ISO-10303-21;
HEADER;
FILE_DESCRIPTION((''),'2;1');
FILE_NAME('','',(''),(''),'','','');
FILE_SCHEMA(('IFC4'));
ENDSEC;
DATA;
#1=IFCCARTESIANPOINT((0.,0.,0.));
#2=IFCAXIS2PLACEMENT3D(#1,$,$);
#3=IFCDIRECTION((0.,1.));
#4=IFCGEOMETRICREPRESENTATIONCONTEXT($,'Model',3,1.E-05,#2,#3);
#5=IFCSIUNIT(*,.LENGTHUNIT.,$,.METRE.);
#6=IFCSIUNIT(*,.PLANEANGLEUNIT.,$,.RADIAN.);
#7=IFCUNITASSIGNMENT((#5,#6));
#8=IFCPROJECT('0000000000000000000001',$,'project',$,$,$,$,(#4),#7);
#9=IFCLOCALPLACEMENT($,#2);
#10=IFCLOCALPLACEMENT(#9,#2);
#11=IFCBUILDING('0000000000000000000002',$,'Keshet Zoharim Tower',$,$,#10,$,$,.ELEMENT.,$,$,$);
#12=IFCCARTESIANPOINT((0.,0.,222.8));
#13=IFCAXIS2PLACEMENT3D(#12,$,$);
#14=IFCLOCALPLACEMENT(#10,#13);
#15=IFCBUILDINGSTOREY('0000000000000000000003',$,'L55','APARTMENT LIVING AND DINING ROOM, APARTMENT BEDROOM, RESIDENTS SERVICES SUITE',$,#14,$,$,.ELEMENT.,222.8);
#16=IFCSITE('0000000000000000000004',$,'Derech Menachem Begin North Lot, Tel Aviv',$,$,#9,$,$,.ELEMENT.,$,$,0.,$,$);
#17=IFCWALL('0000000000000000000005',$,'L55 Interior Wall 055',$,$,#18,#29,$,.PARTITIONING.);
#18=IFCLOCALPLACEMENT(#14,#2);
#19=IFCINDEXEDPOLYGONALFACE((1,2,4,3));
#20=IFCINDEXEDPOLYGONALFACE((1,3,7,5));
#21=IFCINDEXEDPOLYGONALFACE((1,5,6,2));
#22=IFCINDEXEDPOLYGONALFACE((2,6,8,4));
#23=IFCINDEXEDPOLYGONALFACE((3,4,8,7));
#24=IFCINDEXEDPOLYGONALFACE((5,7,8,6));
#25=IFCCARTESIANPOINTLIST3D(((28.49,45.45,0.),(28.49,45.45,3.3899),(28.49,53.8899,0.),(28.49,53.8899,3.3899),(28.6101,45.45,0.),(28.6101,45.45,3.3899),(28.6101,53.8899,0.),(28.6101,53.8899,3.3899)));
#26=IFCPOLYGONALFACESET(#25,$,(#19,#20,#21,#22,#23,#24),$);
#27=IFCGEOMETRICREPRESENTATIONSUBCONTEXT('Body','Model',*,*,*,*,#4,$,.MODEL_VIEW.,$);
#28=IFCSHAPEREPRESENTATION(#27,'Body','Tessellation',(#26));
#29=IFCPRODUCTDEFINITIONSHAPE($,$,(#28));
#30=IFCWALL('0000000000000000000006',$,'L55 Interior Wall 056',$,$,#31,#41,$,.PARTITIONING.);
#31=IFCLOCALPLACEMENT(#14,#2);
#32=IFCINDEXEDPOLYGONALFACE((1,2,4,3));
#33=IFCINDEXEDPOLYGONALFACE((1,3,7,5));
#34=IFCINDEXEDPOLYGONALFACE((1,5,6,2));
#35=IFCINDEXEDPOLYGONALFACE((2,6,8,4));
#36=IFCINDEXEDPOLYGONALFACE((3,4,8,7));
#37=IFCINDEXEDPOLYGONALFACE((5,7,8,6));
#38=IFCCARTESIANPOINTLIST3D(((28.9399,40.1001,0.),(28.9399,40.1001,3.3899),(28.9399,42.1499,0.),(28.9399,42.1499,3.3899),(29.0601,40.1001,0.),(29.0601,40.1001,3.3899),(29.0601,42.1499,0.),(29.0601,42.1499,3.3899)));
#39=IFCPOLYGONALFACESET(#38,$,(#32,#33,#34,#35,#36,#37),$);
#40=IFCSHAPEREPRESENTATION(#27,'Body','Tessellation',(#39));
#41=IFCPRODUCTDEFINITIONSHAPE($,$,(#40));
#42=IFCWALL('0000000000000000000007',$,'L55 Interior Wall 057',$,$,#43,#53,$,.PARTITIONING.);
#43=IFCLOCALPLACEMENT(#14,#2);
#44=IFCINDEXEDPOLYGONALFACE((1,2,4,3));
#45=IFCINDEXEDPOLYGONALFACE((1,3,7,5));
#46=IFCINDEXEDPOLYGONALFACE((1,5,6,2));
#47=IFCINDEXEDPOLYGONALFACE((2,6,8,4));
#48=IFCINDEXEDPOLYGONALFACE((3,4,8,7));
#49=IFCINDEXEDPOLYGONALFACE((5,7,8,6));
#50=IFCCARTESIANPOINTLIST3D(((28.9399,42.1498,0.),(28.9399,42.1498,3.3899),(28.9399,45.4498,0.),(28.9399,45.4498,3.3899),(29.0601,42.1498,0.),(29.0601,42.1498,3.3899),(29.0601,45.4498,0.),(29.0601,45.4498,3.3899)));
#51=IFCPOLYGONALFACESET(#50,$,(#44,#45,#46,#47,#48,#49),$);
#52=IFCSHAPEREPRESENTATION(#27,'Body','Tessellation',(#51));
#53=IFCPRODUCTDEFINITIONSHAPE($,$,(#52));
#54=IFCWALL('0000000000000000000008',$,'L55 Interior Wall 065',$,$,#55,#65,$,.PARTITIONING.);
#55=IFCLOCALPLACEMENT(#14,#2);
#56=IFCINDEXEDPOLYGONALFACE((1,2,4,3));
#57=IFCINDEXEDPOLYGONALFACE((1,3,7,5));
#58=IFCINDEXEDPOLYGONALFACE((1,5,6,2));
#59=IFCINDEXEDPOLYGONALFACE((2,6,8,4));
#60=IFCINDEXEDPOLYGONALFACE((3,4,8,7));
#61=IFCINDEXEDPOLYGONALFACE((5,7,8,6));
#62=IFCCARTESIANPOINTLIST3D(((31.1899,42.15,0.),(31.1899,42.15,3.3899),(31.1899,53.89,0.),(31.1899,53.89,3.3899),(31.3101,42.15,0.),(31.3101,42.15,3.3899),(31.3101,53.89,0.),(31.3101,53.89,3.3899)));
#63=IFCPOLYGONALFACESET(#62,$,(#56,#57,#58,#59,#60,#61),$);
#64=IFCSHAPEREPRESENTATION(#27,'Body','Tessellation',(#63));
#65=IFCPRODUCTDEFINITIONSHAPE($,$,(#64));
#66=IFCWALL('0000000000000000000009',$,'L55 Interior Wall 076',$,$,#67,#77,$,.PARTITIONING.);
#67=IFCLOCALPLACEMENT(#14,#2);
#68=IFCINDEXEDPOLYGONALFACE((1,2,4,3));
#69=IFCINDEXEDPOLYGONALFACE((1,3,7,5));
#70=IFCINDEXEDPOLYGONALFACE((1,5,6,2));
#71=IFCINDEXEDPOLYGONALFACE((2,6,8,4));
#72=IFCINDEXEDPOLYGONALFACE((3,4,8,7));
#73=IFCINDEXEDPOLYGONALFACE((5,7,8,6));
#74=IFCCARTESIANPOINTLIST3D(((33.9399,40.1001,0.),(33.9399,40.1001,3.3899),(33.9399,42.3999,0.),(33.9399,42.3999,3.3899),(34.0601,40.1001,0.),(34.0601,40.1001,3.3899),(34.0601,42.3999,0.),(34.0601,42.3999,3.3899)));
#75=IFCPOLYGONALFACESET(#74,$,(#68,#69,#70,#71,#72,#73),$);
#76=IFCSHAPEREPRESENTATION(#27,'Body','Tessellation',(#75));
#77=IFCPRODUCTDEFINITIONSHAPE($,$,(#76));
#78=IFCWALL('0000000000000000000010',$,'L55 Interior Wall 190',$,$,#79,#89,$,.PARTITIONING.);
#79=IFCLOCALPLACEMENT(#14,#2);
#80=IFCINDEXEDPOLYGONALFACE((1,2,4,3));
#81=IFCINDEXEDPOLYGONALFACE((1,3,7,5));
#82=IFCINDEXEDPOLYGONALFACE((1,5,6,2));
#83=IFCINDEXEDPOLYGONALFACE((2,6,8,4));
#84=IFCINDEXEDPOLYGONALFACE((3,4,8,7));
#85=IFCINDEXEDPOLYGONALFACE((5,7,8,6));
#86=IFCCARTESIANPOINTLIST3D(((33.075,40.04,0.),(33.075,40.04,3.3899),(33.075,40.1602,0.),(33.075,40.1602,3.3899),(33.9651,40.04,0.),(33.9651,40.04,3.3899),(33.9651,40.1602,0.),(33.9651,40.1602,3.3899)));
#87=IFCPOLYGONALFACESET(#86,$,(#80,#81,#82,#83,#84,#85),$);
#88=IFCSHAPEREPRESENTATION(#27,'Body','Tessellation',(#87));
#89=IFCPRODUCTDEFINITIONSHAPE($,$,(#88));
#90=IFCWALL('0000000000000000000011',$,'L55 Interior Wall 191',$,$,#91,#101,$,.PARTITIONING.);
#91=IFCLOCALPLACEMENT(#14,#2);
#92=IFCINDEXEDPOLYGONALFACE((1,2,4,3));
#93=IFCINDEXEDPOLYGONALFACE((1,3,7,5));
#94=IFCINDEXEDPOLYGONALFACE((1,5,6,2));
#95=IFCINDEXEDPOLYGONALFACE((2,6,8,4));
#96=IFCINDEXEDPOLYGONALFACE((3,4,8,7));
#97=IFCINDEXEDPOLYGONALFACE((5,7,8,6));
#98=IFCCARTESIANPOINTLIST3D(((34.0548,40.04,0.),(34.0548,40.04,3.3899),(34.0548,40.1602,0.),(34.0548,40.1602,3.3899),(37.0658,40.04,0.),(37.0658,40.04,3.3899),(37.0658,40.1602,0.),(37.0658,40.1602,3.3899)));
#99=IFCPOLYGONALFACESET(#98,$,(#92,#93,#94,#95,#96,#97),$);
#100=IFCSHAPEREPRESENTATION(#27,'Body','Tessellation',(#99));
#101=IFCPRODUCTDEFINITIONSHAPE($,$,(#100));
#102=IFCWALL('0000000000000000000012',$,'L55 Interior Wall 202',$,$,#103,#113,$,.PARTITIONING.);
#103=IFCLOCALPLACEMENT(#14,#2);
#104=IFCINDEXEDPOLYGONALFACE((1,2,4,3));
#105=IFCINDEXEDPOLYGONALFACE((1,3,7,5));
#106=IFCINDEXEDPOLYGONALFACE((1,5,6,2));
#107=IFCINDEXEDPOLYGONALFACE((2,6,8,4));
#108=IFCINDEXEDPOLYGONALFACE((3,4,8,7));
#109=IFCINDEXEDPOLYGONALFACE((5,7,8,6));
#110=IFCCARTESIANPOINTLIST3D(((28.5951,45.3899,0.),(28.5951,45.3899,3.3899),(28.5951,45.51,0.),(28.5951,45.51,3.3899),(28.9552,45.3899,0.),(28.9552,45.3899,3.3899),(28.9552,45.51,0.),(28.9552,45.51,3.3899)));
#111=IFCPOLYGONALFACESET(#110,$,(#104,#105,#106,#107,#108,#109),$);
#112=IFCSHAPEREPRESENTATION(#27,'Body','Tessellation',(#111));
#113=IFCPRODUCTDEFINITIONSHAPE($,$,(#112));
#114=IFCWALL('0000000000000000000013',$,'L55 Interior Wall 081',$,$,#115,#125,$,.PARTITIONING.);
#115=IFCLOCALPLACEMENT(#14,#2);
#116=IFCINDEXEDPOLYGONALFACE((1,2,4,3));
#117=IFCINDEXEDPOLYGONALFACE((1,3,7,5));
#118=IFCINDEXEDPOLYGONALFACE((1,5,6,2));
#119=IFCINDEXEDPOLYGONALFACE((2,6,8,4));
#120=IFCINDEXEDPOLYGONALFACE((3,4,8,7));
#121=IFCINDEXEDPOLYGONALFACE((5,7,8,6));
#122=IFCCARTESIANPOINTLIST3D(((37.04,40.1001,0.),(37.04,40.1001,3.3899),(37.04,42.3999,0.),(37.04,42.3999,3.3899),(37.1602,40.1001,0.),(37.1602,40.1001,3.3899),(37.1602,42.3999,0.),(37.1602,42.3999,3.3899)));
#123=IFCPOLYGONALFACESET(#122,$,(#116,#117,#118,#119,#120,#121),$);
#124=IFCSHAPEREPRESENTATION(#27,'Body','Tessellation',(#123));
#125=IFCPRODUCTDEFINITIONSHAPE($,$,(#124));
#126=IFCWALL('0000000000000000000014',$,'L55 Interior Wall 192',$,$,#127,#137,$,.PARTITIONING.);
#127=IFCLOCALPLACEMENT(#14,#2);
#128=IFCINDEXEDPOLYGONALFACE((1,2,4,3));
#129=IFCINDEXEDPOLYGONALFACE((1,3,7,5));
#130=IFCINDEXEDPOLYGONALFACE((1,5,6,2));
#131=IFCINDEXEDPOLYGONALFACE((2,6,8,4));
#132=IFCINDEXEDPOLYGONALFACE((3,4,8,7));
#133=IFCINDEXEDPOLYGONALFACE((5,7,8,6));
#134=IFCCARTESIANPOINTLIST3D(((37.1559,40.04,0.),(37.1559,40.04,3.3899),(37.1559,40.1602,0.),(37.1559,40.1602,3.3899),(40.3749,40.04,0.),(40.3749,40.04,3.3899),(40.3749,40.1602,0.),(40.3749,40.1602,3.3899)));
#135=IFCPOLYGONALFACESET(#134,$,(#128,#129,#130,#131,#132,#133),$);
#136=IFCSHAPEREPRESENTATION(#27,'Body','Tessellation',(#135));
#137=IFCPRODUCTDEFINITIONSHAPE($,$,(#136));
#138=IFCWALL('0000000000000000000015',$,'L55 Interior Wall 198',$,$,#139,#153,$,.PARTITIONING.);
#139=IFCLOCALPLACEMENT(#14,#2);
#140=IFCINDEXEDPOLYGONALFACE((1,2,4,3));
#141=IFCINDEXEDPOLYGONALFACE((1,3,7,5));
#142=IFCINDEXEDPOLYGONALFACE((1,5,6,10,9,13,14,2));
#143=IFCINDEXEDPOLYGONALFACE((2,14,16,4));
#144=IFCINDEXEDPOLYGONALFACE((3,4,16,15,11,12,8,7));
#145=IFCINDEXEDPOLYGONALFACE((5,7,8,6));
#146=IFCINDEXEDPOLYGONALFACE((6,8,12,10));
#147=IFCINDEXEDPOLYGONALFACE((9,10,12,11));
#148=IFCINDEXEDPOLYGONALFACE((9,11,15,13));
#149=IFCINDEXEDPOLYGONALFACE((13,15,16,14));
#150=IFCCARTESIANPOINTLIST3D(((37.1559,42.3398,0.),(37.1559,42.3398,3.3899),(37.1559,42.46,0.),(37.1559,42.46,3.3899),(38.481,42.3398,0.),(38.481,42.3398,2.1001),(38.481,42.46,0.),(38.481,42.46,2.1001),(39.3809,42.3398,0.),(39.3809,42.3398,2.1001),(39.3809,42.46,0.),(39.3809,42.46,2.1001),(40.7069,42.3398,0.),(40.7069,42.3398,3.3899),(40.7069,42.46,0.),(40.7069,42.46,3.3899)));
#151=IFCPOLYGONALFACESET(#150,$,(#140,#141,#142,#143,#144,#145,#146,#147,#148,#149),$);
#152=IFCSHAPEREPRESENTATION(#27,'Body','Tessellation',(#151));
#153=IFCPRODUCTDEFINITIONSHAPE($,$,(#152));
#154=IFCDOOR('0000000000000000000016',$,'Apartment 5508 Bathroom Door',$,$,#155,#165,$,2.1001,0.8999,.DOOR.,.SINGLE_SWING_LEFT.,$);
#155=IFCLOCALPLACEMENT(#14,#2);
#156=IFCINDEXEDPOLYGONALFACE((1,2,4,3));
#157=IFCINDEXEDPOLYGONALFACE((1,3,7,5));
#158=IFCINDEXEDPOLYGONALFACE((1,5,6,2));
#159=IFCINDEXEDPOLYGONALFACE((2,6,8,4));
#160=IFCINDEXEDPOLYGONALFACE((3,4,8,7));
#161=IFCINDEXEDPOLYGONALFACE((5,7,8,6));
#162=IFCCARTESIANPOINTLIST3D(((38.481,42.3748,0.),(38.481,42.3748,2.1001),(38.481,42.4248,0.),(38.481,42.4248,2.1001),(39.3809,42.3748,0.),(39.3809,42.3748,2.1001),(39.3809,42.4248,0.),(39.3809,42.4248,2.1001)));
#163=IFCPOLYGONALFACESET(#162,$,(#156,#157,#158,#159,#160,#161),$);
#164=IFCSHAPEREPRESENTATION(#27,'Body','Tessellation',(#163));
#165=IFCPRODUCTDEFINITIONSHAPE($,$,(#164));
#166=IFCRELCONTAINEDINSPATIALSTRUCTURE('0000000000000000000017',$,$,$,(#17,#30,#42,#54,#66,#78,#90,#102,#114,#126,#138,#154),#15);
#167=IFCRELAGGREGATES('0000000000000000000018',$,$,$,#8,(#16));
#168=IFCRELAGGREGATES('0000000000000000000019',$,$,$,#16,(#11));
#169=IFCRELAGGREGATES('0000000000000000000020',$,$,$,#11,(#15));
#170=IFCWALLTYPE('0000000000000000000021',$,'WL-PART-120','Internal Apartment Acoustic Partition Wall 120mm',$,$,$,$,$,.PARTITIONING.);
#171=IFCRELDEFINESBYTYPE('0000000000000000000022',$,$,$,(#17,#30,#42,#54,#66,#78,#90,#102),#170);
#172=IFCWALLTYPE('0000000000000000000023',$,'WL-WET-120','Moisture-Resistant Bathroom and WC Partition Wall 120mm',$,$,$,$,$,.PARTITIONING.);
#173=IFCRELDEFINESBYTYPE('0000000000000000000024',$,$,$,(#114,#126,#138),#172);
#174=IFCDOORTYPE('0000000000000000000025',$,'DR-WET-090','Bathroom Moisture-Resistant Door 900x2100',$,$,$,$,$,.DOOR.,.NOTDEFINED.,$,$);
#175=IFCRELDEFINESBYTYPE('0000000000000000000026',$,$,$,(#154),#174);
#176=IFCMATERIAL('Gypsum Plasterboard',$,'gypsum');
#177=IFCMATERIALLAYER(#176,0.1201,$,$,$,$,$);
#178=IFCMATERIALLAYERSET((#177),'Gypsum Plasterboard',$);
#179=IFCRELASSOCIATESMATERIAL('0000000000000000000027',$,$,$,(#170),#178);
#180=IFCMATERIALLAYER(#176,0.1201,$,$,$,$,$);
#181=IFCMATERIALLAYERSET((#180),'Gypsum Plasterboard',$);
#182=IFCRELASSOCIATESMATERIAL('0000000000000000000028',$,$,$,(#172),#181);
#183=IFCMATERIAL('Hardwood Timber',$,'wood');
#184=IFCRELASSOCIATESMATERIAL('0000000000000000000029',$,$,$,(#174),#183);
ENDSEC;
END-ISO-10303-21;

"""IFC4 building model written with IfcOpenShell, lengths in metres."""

from ifc_helpers import new_model, si_unit, direction, frame, frame_2d, origin, place, context, subcontext, project, spatial, rectangle, extrude, material, layer, layer_set, type_object, element, fill, save


model = new_model("IFC4")

# Units and contexts
model_context = context("Model", 3, precision=1e-05, world=origin(), true_north=direction((0.0, 1.0)))
body_context = subcontext(model_context, "Body", "Model", "MODEL_VIEW")
ifc_project = project(units=[si_unit("LENGTHUNIT", "METRE"), si_unit("PLANEANGLEUNIT", "RADIAN")], contexts=[model_context])

# Site, building, storey
site_placement = place(None, origin())
site = spatial("IfcSite", under=ifc_project, at=site_placement, Name="Derech Menachem Begin North Lot, Tel Aviv", CompositionType="ELEMENT", RefElevation=0.0)
building_placement = place(site_placement, origin())
building = spatial("IfcBuilding", under=site, at=building_placement, Name="Keshet Zoharim Tower", CompositionType="ELEMENT")
storey_placement = place(building_placement, frame((0.0, 0.0, 222.8)))
storey = spatial("IfcBuildingStorey", under=building, at=storey_placement, Name="L55", Description="APARTMENT LIVING AND DINING ROOM, APARTMENT BEDROOM, RESIDENTS SERVICES SUITE", CompositionType="ELEMENT", Elevation=222.8)

# Shared definitions
ifc_material_1 = material(Name="Gypsum Plasterboard", Category="gypsum")
ifc_material_2 = material(Name="Hardwood Timber", Category="wood")

# Walls
ifc_layer_1 = layer(ifc_material_1, 0.1201)
ifc_layer_set_1 = layer_set([ifc_layer_1], Name="Gypsum Plasterboard")
wall_type_1 = type_object("IfcWallType", Name="WL-PART-120", Description="Internal Apartment Acoustic Partition Wall 120mm", PredefinedType="PARTITIONING", material=ifc_layer_set_1)
wall_1_placement = place(storey_placement, frame((28.55, 45.45, 0.0), z_axis=(0.0, 0.0, 1.0), x_axis=(0.0, 1.0, 0.0)))
element("IfcWall", 1, at=wall_1_placement, inside=storey, type_object=wall_type_1, Name="L55 Interior Wall 055", PredefinedType="PARTITIONING", context=body_context, shape_type="SweptSolid", body=[
    extrude(rectangle(XDim=8.4399, YDim=0.1201, at=frame_2d((4.22, 0.0))), origin(), (0.0, 0.0, 1.0), 3.3899),
])
wall_2_placement = place(storey_placement, frame((29.0, 40.1001, 0.0), z_axis=(0.0, 0.0, 1.0), x_axis=(0.0, 1.0, 0.0)))
element("IfcWall", 2, at=wall_2_placement, inside=storey, type_object=wall_type_1, Name="L55 Interior Wall 056", PredefinedType="PARTITIONING", context=body_context, shape_type="SweptSolid", body=[
    extrude(rectangle(XDim=2.0498, YDim=0.1201, at=frame_2d((1.0249, 0.0))), origin(), (0.0, 0.0, 1.0), 3.3899),
])
wall_3_placement = place(storey_placement, frame((29.0, 42.1499, 0.0), z_axis=(0.0, 0.0, 1.0), x_axis=(0.0, 1.0, 0.0)))
element("IfcWall", 3, at=wall_3_placement, inside=storey, type_object=wall_type_1, Name="L55 Interior Wall 057", PredefinedType="PARTITIONING", context=body_context, shape_type="SweptSolid", body=[
    extrude(rectangle(XDim=3.3, YDim=0.1201, at=frame_2d((1.6499, 0.0))), origin(), (0.0, 0.0, 1.0), 3.3899),
])
wall_4_placement = place(storey_placement, frame((31.25, 42.1499, 0.0), z_axis=(0.0, 0.0, 1.0), x_axis=(0.0, 1.0, 0.0)))
element("IfcWall", 4, at=wall_4_placement, inside=storey, type_object=wall_type_1, Name="L55 Interior Wall 065", PredefinedType="PARTITIONING", context=body_context, shape_type="SweptSolid", body=[
    extrude(rectangle(XDim=11.74, YDim=0.1201, at=frame_2d((5.8701, 0.0))), origin(), (0.0, 0.0, 1.0), 3.3899),
])
wall_5_placement = place(storey_placement, frame((34.0, 40.1001, 0.0), z_axis=(0.0, 0.0, 1.0), x_axis=(0.0, 1.0, 0.0)))
element("IfcWall", 5, at=wall_5_placement, inside=storey, type_object=wall_type_1, Name="L55 Interior Wall 076", PredefinedType="PARTITIONING", context=body_context, shape_type="SweptSolid", body=[
    extrude(rectangle(XDim=2.2998, YDim=0.1201, at=frame_2d((1.1499, 0.0))), origin(), (0.0, 0.0, 1.0), 3.3899),
])
wall_6_placement = place(storey_placement, frame((33.075, 40.1001, 0.0), z_axis=(0.0, 0.0, 1.0), x_axis=(1.0, 0.0, 0.0)))
element("IfcWall", 6, at=wall_6_placement, inside=storey, type_object=wall_type_1, Name="L55 Interior Wall 190", PredefinedType="PARTITIONING", context=body_context, shape_type="SweptSolid", body=[
    extrude(rectangle(XDim=0.8901, YDim=0.1201, at=frame_2d((0.4451, 0.0))), origin(), (0.0, 0.0, 1.0), 3.3899),
])
wall_7_placement = place(storey_placement, frame((34.0549, 40.1001, 0.0), z_axis=(0.0, 0.0, 1.0), x_axis=(1.0, 0.0, 0.0)))
element("IfcWall", 7, at=wall_7_placement, inside=storey, type_object=wall_type_1, Name="L55 Interior Wall 191", PredefinedType="PARTITIONING", context=body_context, shape_type="SweptSolid", body=[
    extrude(rectangle(XDim=3.011, YDim=0.1201, at=frame_2d((1.5054, 0.0))), origin(), (0.0, 0.0, 1.0), 3.3899),
])

# Walls
wall_8_placement = place(storey_placement, frame((28.595, 45.45, 0.0), z_axis=(0.0, 0.0, 1.0), x_axis=(1.0, 0.0, 0.0)))
element("IfcWall", 8, at=wall_8_placement, inside=storey, type_object=wall_type_1, Name="L55 Interior Wall 202", PredefinedType="PARTITIONING", context=body_context, shape_type="SweptSolid", body=[
    extrude(rectangle(XDim=0.3601, YDim=0.1201, at=frame_2d((0.1802, 0.0))), origin(), (0.0, 0.0, 1.0), 3.3899),
])
ifc_layer_2 = layer(ifc_material_1, 0.1201)
ifc_layer_set_2 = layer_set([ifc_layer_2], Name="Gypsum Plasterboard")
wall_type_2 = type_object("IfcWallType", Name="WL-WET-120", Description="Moisture-Resistant Bathroom and WC Partition Wall 120mm", PredefinedType="PARTITIONING", material=ifc_layer_set_2)
wall_9_placement = place(storey_placement, frame((37.1001, 40.1001, 0.0), z_axis=(0.0, 0.0, 1.0), x_axis=(0.0, 1.0, 0.0)))
element("IfcWall", 9, at=wall_9_placement, inside=storey, type_object=wall_type_2, Name="L55 Interior Wall 081", PredefinedType="PARTITIONING", context=body_context, shape_type="SweptSolid", body=[
    extrude(rectangle(XDim=2.2998, YDim=0.1201, at=frame_2d((1.1499, 0.0))), origin(), (0.0, 0.0, 1.0), 3.3899),
])
wall_10_placement = place(storey_placement, frame((37.156, 40.1001, 0.0), z_axis=(0.0, 0.0, 1.0), x_axis=(1.0, 0.0, 0.0)))
element("IfcWall", 10, at=wall_10_placement, inside=storey, type_object=wall_type_2, Name="L55 Interior Wall 192", PredefinedType="PARTITIONING", context=body_context, shape_type="SweptSolid", body=[
    extrude(rectangle(XDim=3.219, YDim=0.1201, at=frame_2d((1.6094, 0.0))), origin(), (0.0, 0.0, 1.0), 3.3899),
])

# Wall, opening, door
wall_11_placement = place(storey_placement, frame((37.156, 42.3999, 0.0), z_axis=(0.0, 0.0, 1.0), x_axis=(1.0, 0.0, 0.0)))
wall_11 = element("IfcWall", 11, at=wall_11_placement, inside=storey, type_object=wall_type_2, Name="L55 Interior Wall 198", PredefinedType="PARTITIONING", context=body_context, shape_type="SweptSolid", body=[
    extrude(rectangle(XDim=3.551, YDim=0.1201, at=frame_2d((1.7754, 0.0))), origin(), (0.0, 0.0, 1.0), 3.3899),
])
opening_1_placement = place(wall_11_placement, frame((1.325, 0.0, 0.0)))
opening_1 = element("IfcOpeningElement", 12, at=opening_1_placement, cuts=wall_11, PredefinedType="OPENING", context=body_context, shape_type="SweptSolid", body=[
    extrude(rectangle(XDim=0.8999, YDim=2.1001, at=frame_2d((0.45, 1.05))), frame((0.0, 0.0701, 0.0), z_axis=(0.0, -1.0, 0.0), x_axis=(1.0, 0.0, 0.0)), (0.0, 0.0, 1.0), 0.1401),
])
door_type_1 = type_object("IfcDoorType", Name="DR-WET-090", Description="Bathroom Moisture-Resistant Door 900x2100", OperationType="NOTDEFINED", PredefinedType="DOOR", material=ifc_material_2)
door_1_placement = place(opening_1_placement, origin())
door_1 = element("IfcDoor", 13, at=door_1_placement, inside=storey, type_object=door_type_1, Name="Apartment 5508 Bathroom Door", OperationType="SINGLE_SWING_LEFT", OverallHeight=2.1001, OverallWidth=0.8999, PredefinedType="DOOR", context=body_context, shape_type="SweptSolid", body=[
    extrude(rectangle(XDim=0.8999, YDim=2.1001, at=frame_2d((0.45, 1.05))), frame((0.0, 0.0249, 0.0), z_axis=(0.0, -1.0, 0.0), x_axis=(1.0, 0.0, 0.0)), (0.0, 0.0, 1.0), 0.05),
])
fill(opening_1, door_1)

save(model, "model.ifc")
